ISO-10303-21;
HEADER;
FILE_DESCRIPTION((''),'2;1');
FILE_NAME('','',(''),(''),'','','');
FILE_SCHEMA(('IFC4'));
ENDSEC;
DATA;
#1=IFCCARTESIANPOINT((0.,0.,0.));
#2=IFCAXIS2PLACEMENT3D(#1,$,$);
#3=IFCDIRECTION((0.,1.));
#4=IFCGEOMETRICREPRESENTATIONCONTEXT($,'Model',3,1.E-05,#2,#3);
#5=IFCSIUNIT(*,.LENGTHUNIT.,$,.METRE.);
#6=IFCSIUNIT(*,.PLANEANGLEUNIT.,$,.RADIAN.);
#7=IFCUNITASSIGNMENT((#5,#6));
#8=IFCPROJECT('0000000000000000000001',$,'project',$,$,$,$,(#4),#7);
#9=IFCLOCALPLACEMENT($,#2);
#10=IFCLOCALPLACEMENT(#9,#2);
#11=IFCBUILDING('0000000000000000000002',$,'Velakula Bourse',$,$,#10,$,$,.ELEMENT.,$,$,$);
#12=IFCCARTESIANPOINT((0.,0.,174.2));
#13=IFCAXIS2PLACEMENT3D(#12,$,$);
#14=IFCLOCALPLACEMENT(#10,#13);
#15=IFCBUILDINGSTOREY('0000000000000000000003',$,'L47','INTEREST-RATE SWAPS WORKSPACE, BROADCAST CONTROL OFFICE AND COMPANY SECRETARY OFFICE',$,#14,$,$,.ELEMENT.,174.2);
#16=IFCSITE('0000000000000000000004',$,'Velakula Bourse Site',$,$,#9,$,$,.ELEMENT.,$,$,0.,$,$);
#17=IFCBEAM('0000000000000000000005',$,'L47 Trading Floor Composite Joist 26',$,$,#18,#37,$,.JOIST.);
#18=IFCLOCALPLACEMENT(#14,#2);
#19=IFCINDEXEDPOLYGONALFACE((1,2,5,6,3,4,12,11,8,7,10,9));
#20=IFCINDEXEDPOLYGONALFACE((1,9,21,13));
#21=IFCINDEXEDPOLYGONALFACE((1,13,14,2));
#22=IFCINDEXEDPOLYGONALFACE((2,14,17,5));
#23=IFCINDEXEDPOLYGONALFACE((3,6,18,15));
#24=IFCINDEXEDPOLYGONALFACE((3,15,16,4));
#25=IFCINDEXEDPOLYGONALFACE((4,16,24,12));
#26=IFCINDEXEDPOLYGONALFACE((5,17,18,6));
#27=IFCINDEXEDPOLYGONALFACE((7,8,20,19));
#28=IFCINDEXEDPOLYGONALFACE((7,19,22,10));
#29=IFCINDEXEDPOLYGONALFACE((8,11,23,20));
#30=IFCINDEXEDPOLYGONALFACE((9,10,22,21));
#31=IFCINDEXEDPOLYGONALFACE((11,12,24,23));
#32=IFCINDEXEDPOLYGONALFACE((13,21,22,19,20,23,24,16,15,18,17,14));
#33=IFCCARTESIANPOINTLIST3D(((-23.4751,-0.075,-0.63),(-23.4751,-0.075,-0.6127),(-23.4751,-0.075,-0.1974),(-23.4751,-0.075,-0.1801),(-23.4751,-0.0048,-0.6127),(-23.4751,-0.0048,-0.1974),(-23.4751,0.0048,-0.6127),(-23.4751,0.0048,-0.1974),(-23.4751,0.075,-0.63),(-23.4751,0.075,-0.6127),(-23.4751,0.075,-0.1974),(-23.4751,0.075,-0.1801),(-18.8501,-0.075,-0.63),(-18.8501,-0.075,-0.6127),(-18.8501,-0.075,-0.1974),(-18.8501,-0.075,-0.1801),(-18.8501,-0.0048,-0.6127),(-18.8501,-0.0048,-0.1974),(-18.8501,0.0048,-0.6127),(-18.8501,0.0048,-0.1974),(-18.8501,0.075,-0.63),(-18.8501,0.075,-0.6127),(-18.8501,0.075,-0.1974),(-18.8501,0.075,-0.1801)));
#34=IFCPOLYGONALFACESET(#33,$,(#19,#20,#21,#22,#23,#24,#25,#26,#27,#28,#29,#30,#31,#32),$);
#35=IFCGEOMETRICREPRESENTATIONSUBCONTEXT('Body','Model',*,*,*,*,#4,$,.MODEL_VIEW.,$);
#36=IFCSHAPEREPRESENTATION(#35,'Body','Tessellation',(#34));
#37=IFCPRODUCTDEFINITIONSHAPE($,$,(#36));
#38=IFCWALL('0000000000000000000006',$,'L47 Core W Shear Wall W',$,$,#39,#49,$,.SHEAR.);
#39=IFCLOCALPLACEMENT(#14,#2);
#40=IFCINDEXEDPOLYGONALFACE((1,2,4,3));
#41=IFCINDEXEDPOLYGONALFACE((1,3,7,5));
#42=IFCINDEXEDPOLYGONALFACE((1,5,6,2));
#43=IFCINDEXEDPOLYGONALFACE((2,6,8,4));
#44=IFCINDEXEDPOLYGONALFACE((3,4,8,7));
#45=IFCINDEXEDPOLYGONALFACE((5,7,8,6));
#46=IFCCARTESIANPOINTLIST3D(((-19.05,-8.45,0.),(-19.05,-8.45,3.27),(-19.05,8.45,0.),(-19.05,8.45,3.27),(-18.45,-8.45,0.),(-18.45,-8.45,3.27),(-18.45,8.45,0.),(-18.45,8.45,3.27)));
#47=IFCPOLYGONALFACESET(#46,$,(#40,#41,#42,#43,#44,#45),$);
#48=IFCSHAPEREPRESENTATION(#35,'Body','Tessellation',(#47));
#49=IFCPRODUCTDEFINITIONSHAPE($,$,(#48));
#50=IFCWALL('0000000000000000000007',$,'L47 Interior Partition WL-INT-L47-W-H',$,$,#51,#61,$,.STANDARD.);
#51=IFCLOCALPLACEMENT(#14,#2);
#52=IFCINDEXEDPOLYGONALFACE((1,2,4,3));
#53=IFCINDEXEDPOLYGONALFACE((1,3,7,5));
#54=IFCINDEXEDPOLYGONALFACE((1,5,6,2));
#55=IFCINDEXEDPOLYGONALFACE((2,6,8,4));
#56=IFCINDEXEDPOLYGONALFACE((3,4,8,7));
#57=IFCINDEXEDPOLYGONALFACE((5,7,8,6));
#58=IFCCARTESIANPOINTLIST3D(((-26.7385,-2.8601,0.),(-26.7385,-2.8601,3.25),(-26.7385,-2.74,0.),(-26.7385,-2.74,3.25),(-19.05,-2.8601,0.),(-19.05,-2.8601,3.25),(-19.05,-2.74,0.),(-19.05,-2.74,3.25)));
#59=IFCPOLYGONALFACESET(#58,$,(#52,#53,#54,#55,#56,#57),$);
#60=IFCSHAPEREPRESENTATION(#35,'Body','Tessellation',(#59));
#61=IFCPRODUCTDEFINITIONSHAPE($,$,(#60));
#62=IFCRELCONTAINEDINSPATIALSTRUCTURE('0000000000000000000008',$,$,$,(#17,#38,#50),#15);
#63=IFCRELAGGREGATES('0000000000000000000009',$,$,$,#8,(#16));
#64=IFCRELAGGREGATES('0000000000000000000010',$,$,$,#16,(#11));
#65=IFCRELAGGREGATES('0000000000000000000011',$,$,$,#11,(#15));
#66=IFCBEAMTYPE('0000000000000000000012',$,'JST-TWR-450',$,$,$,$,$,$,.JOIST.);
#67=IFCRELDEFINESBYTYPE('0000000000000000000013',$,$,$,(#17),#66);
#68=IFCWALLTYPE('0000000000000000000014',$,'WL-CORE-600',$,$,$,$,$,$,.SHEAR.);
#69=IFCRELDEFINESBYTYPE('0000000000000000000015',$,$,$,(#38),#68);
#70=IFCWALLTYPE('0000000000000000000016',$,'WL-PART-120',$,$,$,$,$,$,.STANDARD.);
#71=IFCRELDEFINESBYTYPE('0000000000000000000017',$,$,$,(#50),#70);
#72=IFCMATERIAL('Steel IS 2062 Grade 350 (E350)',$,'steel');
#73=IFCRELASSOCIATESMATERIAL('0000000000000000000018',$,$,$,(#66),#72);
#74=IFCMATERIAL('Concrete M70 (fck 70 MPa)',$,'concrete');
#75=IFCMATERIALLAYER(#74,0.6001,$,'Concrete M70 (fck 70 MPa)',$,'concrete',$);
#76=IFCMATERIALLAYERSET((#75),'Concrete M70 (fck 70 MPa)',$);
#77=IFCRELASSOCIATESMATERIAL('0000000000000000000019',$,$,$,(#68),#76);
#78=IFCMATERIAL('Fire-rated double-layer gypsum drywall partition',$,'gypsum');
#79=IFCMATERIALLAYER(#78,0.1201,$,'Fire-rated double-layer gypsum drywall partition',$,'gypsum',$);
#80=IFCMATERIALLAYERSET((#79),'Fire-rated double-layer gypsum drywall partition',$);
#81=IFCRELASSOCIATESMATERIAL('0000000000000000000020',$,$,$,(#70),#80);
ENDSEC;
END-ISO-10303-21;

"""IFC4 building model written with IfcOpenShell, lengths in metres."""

from ifc_helpers import new_model, si_unit, direction, frame, frame_2d, origin, origin_2d, place, context, subcontext, project, spatial, rectangle, i_section, extrude, material, layer, layer_set, material_profile, profile_set, type_object, element, save


model = new_model("IFC4")

# Units and contexts
model_context = context("Model", 3, precision=1e-05, world=origin(), true_north=direction((0.0, 1.0)))
body_context = subcontext(model_context, "Body", "Model", "MODEL_VIEW")
ifc_project = project(units=[si_unit("LENGTHUNIT", "METRE"), si_unit("PLANEANGLEUNIT", "RADIAN")], contexts=[model_context])

# Site, building, storey
site_placement = place(None, origin())
site = spatial("IfcSite", under=ifc_project, at=site_placement, Name="Velakula Bourse Site", CompositionType="ELEMENT", RefElevation=0.0)
building_placement = place(site_placement, origin())
building = spatial("IfcBuilding", under=site, at=building_placement, Name="Velakula Bourse", CompositionType="ELEMENT")
storey_placement = place(building_placement, frame((0.0, 0.0, 174.2)))
storey = spatial("IfcBuildingStorey", under=building, at=storey_placement, Name="L47", Description="INTEREST-RATE SWAPS WORKSPACE, BROADCAST CONTROL OFFICE AND COMPANY SECRETARY OFFICE", CompositionType="ELEMENT", Elevation=174.2)

# Shared definitions
ifc_material_1 = material(Name="Steel IS 2062 Grade 350 (E350)", Category="steel")

# Beam
ifc_material_profile_1 = material_profile(ifc_material_1, i_section(OverallWidth=0.1499, OverallDepth=0.45, WebThickness=0.0095, FlangeThickness=0.0173, at=origin_2d()), Name="Steel IS 2062 Grade 350 (E350)")
ifc_profile_set_1 = profile_set([ifc_material_profile_1], Name="Steel IS 2062 Grade 350 (E350)")
beam_type_1 = type_object("IfcBeamType", Name="JST-TWR-450", PredefinedType="JOIST", material=ifc_profile_set_1)
beam_1_placement = place(storey_placement, frame((-23.4751, 0.0, -0.405), z_axis=(1.0, 0.0, 0.0), x_axis=(0.0, 1.0, 0.0)))
element("IfcBeam", 1, at=beam_1_placement, inside=storey, type_object=beam_type_1, Name="L47 Trading Floor Composite Joist 26", PredefinedType="JOIST", context=body_context, shape_type="SweptSolid", body=[
    extrude(i_section(OverallWidth=0.1499, OverallDepth=0.45, WebThickness=0.0095, FlangeThickness=0.0173, at=origin_2d()), origin(), (0.0, 0.0, 1.0), 4.625),
])

# Walls
ifc_material_2 = material(Name="Concrete M70 (fck 70 MPa)", Category="concrete")
ifc_layer_1 = layer(ifc_material_2, 0.6001, Name="Concrete M70 (fck 70 MPa)", Category="concrete")
ifc_layer_set_1 = layer_set([ifc_layer_1], Name="Concrete M70 (fck 70 MPa)")
wall_type_1 = type_object("IfcWallType", Name="WL-CORE-600", PredefinedType="SHEAR", material=ifc_layer_set_1)
wall_1_placement = place(storey_placement, frame((-18.75, -8.45, 0.0), z_axis=(0.0, 0.0, 1.0), x_axis=(0.0, 1.0, 0.0)))
element("IfcWall", 2, at=wall_1_placement, inside=storey, type_object=wall_type_1, Name="L47 Core W Shear Wall W", PredefinedType="SHEAR", context=body_context, shape_type="SweptSolid", body=[
    extrude(rectangle(XDim=16.8999, YDim=0.6001, at=frame_2d((8.45, 0.0))), origin(), (0.0, 0.0, 1.0), 3.27),
])
ifc_material_3 = material(Name="Fire-rated double-layer gypsum drywall partition", Category="gypsum")
ifc_layer_2 = layer(ifc_material_3, 0.1201, Name="Fire-rated double-layer gypsum drywall partition", Category="gypsum")
ifc_layer_set_2 = layer_set([ifc_layer_2], Name="Fire-rated double-layer gypsum drywall partition")
wall_type_2 = type_object("IfcWallType", Name="WL-PART-120", PredefinedType="STANDARD", material=ifc_layer_set_2)
wall_2_placement = place(storey_placement, frame((-26.7385, -2.8, 0.0), z_axis=(0.0, 0.0, 1.0), x_axis=(1.0, 0.0, 0.0)))
element("IfcWall", 3, at=wall_2_placement, inside=storey, type_object=wall_type_2, Name="L47 Interior Partition WL-INT-L47-W-H", PredefinedType="STANDARD", context=body_context, shape_type="SweptSolid", body=[
    extrude(rectangle(XDim=7.6885, YDim=0.1201, at=frame_2d((3.8442, 0.0))), origin(), (0.0, 0.0, 1.0), 3.25),
])

save(model, "model.ifc")
